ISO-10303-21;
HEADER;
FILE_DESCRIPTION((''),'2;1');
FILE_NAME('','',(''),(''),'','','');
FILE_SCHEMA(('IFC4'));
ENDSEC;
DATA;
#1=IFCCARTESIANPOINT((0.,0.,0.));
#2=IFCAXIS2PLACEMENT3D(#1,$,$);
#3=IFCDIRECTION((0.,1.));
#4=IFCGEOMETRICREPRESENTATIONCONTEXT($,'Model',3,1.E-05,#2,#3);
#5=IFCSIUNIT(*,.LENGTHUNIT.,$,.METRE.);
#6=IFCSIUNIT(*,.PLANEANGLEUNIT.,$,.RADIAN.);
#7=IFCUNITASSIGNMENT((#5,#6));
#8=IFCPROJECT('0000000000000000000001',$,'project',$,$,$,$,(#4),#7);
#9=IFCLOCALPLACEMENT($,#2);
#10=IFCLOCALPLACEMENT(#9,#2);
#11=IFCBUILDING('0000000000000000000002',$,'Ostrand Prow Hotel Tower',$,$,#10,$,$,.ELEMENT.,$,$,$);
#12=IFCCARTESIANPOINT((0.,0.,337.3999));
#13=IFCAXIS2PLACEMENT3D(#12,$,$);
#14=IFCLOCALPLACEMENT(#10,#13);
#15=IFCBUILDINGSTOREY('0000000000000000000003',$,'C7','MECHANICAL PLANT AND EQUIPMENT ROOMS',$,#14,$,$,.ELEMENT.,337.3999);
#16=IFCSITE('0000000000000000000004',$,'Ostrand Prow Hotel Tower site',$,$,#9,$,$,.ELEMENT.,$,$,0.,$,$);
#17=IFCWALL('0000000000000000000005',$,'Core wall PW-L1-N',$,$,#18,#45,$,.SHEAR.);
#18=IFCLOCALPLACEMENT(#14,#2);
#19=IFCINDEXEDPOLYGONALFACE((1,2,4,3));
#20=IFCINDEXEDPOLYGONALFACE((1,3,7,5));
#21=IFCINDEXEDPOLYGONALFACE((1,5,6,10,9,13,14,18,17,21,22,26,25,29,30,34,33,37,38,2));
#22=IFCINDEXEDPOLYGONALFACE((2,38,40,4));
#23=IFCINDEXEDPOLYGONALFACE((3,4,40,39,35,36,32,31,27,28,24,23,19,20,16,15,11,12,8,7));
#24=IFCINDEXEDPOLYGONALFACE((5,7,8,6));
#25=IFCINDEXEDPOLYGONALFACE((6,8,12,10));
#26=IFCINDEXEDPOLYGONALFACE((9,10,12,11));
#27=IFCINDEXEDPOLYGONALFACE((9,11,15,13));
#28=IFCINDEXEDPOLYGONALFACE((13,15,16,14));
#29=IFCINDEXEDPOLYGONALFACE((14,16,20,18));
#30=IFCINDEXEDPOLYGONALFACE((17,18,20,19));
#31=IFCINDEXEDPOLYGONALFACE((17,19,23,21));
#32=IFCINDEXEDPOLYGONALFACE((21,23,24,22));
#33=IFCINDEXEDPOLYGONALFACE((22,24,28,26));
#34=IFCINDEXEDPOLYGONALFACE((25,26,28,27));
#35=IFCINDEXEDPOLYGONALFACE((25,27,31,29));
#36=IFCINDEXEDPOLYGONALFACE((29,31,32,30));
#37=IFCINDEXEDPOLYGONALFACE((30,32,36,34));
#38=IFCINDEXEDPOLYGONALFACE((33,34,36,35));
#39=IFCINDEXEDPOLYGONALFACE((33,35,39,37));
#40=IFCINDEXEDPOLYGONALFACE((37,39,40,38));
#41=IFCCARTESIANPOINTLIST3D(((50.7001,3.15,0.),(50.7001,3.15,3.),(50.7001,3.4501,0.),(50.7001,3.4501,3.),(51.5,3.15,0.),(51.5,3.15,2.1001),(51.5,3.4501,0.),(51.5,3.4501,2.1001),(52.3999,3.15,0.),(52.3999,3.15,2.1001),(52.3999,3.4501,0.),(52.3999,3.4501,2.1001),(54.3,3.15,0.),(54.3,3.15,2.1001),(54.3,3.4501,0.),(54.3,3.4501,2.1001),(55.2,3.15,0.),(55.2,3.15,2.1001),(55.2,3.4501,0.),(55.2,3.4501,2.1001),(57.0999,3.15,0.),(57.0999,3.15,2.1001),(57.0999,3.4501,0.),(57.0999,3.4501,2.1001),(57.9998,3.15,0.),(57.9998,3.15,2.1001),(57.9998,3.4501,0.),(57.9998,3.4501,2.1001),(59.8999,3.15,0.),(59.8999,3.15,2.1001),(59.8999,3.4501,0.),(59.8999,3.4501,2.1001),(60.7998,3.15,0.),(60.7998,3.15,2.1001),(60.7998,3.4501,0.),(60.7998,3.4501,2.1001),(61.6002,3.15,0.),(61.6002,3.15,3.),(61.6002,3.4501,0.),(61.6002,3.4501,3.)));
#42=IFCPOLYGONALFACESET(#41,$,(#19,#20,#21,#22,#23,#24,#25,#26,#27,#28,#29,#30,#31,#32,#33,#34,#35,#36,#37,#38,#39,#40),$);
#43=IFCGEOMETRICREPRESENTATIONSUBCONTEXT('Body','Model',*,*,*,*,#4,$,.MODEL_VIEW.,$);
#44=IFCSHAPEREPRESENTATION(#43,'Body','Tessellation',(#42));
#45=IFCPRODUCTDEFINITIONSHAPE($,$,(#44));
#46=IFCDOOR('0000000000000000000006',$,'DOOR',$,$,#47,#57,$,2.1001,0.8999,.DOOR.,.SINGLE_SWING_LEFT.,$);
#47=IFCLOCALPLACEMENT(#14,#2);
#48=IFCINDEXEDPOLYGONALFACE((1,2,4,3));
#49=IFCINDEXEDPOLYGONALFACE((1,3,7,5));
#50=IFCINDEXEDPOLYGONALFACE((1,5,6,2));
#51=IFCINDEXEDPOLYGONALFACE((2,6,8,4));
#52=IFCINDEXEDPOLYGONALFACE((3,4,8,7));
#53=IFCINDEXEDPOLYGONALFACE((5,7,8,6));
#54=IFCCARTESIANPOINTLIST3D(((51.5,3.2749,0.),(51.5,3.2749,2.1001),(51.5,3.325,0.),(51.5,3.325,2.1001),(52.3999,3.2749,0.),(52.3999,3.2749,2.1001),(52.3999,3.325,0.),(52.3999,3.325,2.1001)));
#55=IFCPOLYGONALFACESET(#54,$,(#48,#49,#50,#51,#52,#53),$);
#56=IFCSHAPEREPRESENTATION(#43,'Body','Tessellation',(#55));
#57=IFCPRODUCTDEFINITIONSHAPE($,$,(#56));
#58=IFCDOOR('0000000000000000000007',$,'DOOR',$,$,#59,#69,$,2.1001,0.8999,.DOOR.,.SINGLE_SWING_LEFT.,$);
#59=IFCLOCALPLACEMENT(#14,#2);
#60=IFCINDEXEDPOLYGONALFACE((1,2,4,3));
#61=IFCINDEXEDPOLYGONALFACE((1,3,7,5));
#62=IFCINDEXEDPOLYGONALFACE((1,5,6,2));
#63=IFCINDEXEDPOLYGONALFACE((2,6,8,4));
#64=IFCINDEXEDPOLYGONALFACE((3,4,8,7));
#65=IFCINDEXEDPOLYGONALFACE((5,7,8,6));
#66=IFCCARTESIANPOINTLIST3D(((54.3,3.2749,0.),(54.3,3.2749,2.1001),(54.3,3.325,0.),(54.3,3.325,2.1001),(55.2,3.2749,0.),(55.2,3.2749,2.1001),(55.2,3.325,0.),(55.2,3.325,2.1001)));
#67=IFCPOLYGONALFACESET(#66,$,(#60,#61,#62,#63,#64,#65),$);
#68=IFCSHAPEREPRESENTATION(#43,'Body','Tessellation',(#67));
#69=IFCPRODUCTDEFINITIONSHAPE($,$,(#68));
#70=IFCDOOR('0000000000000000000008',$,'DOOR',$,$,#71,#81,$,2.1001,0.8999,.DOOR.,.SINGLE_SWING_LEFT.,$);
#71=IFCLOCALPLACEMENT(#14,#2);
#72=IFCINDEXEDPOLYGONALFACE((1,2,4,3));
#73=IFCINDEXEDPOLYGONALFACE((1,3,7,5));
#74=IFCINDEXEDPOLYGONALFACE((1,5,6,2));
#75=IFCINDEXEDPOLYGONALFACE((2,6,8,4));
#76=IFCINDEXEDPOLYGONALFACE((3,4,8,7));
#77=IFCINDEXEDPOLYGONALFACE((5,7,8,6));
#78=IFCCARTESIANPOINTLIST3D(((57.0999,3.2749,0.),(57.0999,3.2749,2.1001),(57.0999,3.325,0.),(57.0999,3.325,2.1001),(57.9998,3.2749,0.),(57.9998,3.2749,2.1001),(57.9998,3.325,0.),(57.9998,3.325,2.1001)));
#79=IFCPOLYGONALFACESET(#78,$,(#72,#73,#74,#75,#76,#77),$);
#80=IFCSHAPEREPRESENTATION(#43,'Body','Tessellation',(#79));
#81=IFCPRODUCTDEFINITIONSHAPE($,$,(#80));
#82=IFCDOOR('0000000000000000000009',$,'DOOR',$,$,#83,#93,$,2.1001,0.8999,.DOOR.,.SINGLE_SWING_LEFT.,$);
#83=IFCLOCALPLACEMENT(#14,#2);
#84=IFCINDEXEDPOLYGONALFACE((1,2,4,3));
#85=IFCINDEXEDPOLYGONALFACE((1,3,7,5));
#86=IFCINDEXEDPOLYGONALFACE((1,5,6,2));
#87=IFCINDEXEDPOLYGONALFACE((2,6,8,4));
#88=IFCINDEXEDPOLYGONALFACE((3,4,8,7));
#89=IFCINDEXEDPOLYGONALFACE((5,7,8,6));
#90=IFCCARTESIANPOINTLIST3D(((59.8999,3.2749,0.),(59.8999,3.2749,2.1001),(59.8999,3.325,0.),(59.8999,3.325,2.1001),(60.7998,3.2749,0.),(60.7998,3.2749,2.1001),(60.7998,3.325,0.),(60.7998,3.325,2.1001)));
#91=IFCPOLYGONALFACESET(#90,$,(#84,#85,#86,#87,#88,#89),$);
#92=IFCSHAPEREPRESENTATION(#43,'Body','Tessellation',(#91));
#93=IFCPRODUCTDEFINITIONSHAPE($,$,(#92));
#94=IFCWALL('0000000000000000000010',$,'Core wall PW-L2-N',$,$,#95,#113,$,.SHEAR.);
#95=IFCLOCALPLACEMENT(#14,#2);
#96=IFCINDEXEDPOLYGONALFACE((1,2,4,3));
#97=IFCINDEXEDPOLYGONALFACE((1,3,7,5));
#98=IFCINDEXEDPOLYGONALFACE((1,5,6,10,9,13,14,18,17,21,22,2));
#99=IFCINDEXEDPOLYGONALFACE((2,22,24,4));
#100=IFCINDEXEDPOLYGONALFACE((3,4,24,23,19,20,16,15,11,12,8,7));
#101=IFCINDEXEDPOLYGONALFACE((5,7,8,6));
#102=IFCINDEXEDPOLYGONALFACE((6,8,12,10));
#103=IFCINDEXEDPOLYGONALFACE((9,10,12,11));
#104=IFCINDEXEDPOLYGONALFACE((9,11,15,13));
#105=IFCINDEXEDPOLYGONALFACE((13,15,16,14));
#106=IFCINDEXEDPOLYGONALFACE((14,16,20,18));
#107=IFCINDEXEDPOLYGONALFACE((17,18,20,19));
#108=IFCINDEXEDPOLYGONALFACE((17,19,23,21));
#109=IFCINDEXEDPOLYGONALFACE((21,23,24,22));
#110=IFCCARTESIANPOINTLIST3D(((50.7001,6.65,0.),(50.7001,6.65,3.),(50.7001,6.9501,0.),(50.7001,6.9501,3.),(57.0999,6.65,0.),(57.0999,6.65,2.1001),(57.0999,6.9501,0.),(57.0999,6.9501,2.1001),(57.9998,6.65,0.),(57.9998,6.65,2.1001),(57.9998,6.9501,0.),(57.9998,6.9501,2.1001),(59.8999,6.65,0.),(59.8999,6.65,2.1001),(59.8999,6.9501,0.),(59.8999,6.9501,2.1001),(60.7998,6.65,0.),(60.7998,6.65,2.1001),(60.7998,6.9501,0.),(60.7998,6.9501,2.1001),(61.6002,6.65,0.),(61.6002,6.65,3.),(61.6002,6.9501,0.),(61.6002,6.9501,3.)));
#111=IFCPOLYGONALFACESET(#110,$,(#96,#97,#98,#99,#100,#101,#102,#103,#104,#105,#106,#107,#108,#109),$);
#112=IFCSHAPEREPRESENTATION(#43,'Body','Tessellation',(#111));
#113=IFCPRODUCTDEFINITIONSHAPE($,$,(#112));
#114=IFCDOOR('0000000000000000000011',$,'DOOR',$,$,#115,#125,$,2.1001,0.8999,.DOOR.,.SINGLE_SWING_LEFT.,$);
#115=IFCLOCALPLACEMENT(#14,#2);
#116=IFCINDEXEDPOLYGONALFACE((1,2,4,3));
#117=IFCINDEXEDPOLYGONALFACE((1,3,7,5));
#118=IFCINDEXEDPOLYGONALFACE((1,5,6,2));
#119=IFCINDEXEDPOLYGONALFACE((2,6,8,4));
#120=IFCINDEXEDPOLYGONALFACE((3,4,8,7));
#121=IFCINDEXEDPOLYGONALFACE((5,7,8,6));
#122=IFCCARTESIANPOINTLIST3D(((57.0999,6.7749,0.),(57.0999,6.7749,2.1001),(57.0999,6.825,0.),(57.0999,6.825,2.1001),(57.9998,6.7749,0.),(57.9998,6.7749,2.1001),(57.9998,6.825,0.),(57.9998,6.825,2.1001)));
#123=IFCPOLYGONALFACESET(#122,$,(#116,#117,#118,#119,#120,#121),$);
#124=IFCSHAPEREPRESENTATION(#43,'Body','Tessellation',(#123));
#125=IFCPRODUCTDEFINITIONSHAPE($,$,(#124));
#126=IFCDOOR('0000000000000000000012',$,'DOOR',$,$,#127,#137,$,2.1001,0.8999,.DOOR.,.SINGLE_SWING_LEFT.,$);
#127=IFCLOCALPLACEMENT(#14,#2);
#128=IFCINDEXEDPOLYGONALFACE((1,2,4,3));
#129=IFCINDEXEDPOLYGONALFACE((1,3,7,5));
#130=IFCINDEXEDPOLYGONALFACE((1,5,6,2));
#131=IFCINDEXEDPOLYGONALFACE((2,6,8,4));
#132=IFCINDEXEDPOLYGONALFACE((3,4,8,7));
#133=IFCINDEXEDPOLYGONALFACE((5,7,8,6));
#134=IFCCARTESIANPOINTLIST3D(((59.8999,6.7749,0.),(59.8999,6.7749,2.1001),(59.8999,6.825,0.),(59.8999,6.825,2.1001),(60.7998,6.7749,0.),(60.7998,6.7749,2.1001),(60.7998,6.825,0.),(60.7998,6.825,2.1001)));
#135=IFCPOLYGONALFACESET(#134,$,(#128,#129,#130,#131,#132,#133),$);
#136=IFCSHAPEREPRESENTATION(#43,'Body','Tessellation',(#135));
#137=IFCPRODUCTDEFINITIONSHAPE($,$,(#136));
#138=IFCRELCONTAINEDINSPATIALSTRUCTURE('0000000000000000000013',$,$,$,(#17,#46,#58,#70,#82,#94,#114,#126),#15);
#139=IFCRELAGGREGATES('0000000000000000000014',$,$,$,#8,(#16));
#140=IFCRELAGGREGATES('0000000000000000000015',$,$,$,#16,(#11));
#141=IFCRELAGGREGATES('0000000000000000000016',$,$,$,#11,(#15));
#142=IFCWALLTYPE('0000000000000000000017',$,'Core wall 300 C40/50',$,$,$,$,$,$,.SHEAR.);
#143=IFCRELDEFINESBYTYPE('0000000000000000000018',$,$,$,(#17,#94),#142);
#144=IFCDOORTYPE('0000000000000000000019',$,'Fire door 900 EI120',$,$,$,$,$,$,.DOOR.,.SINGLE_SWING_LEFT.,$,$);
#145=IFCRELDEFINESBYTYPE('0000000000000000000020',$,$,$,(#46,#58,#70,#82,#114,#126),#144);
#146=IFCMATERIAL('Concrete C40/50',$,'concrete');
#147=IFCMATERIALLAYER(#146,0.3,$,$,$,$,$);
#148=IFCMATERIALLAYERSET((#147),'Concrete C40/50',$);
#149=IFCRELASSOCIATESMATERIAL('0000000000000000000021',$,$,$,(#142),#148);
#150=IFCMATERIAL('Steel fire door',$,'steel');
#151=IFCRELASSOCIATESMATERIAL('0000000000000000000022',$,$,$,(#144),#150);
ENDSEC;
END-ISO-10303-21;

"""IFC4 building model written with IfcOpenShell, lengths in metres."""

from ifc_helpers import new_model, si_unit, direction, frame, frame_2d, origin, place, context, subcontext, project, spatial, rectangle, extrude, material, layer, layer_set, type_object, element, fill, save


model = new_model("IFC4")

# Units and contexts
model_context = context("Model", 3, precision=1e-05, world=origin(), true_north=direction((0.0, 1.0)))
body_context = subcontext(model_context, "Body", "Model", "MODEL_VIEW")
ifc_project = project(units=[si_unit("LENGTHUNIT", "METRE"), si_unit("PLANEANGLEUNIT", "RADIAN")], contexts=[model_context])

# Site, building, storey
site_placement = place(None, origin())
site = spatial("IfcSite", under=ifc_project, at=site_placement, Name="Ostrand Prow Hotel Tower site", CompositionType="ELEMENT", RefElevation=0.0)
building_placement = place(site_placement, origin())
building = spatial("IfcBuilding", under=site, at=building_placement, Name="Ostrand Prow Hotel Tower", CompositionType="ELEMENT")
storey_placement = place(building_placement, frame((0.0, 0.0, 337.3999)))
storey = spatial("IfcBuildingStorey", under=building, at=storey_placement, Name="C7", Description="MECHANICAL PLANT AND EQUIPMENT ROOMS", CompositionType="ELEMENT", Elevation=337.3999)

# Shared definitions
ifc_material_1 = material(Name="Concrete C40/50", Category="concrete")
ifc_layer_1 = layer(ifc_material_1, 0.3)
ifc_layer_set_1 = layer_set([ifc_layer_1], Name="Concrete C40/50")
wall_type_1 = type_object("IfcWallType", Name="Core wall 300 C40/50", PredefinedType="SHEAR", material=ifc_layer_set_1)

# Walls, openings, doors
wall_1_placement = place(storey_placement, frame((50.7, 3.3, 0.0), z_axis=(0.0, 0.0, 1.0), x_axis=(1.0, 0.0, 0.0)))
wall_1 = element("IfcWall", 1, at=wall_1_placement, inside=storey, type_object=wall_type_1, Name="Core wall PW-L1-N", PredefinedType="SHEAR", context=body_context, shape_type="SweptSolid", body=[
    extrude(rectangle(XDim=10.9001, YDim=0.3, at=frame_2d((5.4502, 0.0))), origin(), (0.0, 0.0, 1.0), 3.0),
])
opening_1_placement = place(wall_1_placement, frame((0.8, 0.0, 0.0)))
opening_1 = element("IfcOpeningElement", 2, at=opening_1_placement, cuts=wall_1, PredefinedType="OPENING", context=body_context, shape_type="SweptSolid", body=[
    extrude(rectangle(XDim=0.8999, YDim=2.1001, at=frame_2d((0.45, 1.05))), frame((0.0, 0.1599, 0.0), z_axis=(0.0, -1.0, 0.0), x_axis=(1.0, 0.0, 0.0)), (0.0, 0.0, 1.0), 0.3201),
])
opening_2_placement = place(wall_1_placement, frame((3.6001, 0.0, 0.0)))
opening_2 = element("IfcOpeningElement", 3, at=opening_2_placement, cuts=wall_1, PredefinedType="OPENING", context=body_context, shape_type="SweptSolid", body=[
    extrude(rectangle(XDim=0.8999, YDim=2.1001, at=frame_2d((0.45, 1.05))), frame((0.0, 0.1599, 0.0), z_axis=(0.0, -1.0, 0.0), x_axis=(1.0, 0.0, 0.0)), (0.0, 0.0, 1.0), 0.3201),
])
opening_3_placement = place(wall_1_placement, frame((6.3999, 0.0, 0.0)))
opening_3 = element("IfcOpeningElement", 4, at=opening_3_placement, cuts=wall_1, PredefinedType="OPENING", context=body_context, shape_type="SweptSolid", body=[
    extrude(rectangle(XDim=0.8999, YDim=2.1001, at=frame_2d((0.45, 1.05))), frame((0.0, 0.1599, 0.0), z_axis=(0.0, -1.0, 0.0), x_axis=(1.0, 0.0, 0.0)), (0.0, 0.0, 1.0), 0.3201),
])
opening_4_placement = place(wall_1_placement, frame((9.2, 0.0, 0.0)))
opening_4 = element("IfcOpeningElement", 5, at=opening_4_placement, cuts=wall_1, PredefinedType="OPENING", context=body_context, shape_type="SweptSolid", body=[
    extrude(rectangle(XDim=0.8999, YDim=2.1001, at=frame_2d((0.45, 1.05))), frame((0.0, 0.1599, 0.0), z_axis=(0.0, -1.0, 0.0), x_axis=(1.0, 0.0, 0.0)), (0.0, 0.0, 1.0), 0.3201),
])
ifc_material_2 = material(Name="Steel fire door", Category="steel")
door_type_1 = type_object("IfcDoorType", Name="Fire door 900 EI120", OperationType="SINGLE_SWING_LEFT", PredefinedType="DOOR", material=ifc_material_2)
door_1_placement = place(opening_1_placement, origin())
door_1 = element("IfcDoor", 6, at=door_1_placement, inside=storey, type_object=door_type_1, Name="DOOR", OperationType="SINGLE_SWING_LEFT", OverallHeight=2.1001, OverallWidth=0.8999, PredefinedType="DOOR", context=body_context, shape_type="SweptSolid", body=[
    extrude(rectangle(XDim=0.8999, YDim=2.1001, at=frame_2d((0.45, 1.05))), frame((0.0, 0.0249, 0.0), z_axis=(0.0, -1.0, 0.0), x_axis=(1.0, 0.0, 0.0)), (0.0, 0.0, 1.0), 0.05),
])
fill(opening_1, door_1)
door_2_placement = place(opening_2_placement, origin())
door_2 = element("IfcDoor", 7, at=door_2_placement, inside=storey, type_object=door_type_1, Name="DOOR", OperationType="SINGLE_SWING_LEFT", OverallHeight=2.1001, OverallWidth=0.8999, PredefinedType="DOOR", context=body_context, shape_type="SweptSolid", body=[
    extrude(rectangle(XDim=0.8999, YDim=2.1001, at=frame_2d((0.45, 1.05))), frame((0.0, 0.0249, 0.0), z_axis=(0.0, -1.0, 0.0), x_axis=(1.0, 0.0, 0.0)), (0.0, 0.0, 1.0), 0.05),
])
fill(opening_2, door_2)
door_3_placement = place(opening_3_placement, origin())
door_3 = element("IfcDoor", 8, at=door_3_placement, inside=storey, type_object=door_type_1, Name="DOOR", OperationType="SINGLE_SWING_LEFT", OverallHeight=2.1001, OverallWidth=0.8999, PredefinedType="DOOR", context=body_context, shape_type="SweptSolid", body=[
    extrude(rectangle(XDim=0.8999, YDim=2.1001, at=frame_2d((0.45, 1.05))), frame((0.0, 0.0249, 0.0), z_axis=(0.0, -1.0, 0.0), x_axis=(1.0, 0.0, 0.0)), (0.0, 0.0, 1.0), 0.05),
])
fill(opening_3, door_3)
door_4_placement = place(opening_4_placement, origin())
door_4 = element("IfcDoor", 9, at=door_4_placement, inside=storey, type_object=door_type_1, Name="DOOR", OperationType="SINGLE_SWING_LEFT", OverallHeight=2.1001, OverallWidth=0.8999, PredefinedType="DOOR", context=body_context, shape_type="SweptSolid", body=[
    extrude(rectangle(XDim=0.8999, YDim=2.1001, at=frame_2d((0.45, 1.05))), frame((0.0, 0.0249, 0.0), z_axis=(0.0, -1.0, 0.0), x_axis=(1.0, 0.0, 0.0)), (0.0, 0.0, 1.0), 0.05),
])
fill(opening_4, door_4)
wall_2_placement = place(storey_placement, frame((50.7, 6.8, 0.0), z_axis=(0.0, 0.0, 1.0), x_axis=(1.0, 0.0, 0.0)))
wall_2 = element("IfcWall", 10, at=wall_2_placement, inside=storey, type_object=wall_type_1, Name="Core wall PW-L2-N", PredefinedType="SHEAR", context=body_context, shape_type="SweptSolid", body=[
    extrude(rectangle(XDim=10.9001, YDim=0.3, at=frame_2d((5.4502, 0.0))), origin(), (0.0, 0.0, 1.0), 3.0),
])
opening_5_placement = place(wall_2_placement, frame((6.3999, 0.0, 0.0)))
opening_5 = element("IfcOpeningElement", 11, at=opening_5_placement, cuts=wall_2, PredefinedType="OPENING", context=body_context, shape_type="SweptSolid", body=[
    extrude(rectangle(XDim=0.8999, YDim=2.1001, at=frame_2d((0.45, 1.05))), frame((0.0, 0.1599, 0.0), z_axis=(0.0, -1.0, 0.0), x_axis=(1.0, 0.0, 0.0)), (0.0, 0.0, 1.0), 0.3201),
])
opening_6_placement = place(wall_2_placement, frame((9.2, 0.0, 0.0)))
opening_6 = element("IfcOpeningElement", 12, at=opening_6_placement, cuts=wall_2, PredefinedType="OPENING", context=body_context, shape_type="SweptSolid", body=[
    extrude(rectangle(XDim=0.8999, YDim=2.1001, at=frame_2d((0.45, 1.05))), frame((0.0, 0.1599, 0.0), z_axis=(0.0, -1.0, 0.0), x_axis=(1.0, 0.0, 0.0)), (0.0, 0.0, 1.0), 0.3201),
])
door_5_placement = place(opening_5_placement, origin())
door_5 = element("IfcDoor", 13, at=door_5_placement, inside=storey, type_object=door_type_1, Name="DOOR", OperationType="SINGLE_SWING_LEFT", OverallHeight=2.1001, OverallWidth=0.8999, PredefinedType="DOOR", context=body_context, shape_type="SweptSolid", body=[
    extrude(rectangle(XDim=0.8999, YDim=2.1001, at=frame_2d((0.45, 1.05))), frame((0.0, 0.0249, 0.0), z_axis=(0.0, -1.0, 0.0), x_axis=(1.0, 0.0, 0.0)), (0.0, 0.0, 1.0), 0.05),
])
fill(opening_5, door_5)
door_6_placement = place(opening_6_placement, origin())
door_6 = element("IfcDoor", 14, at=door_6_placement, inside=storey, type_object=door_type_1, Name="DOOR", OperationType="SINGLE_SWING_LEFT", OverallHeight=2.1001, OverallWidth=0.8999, PredefinedType="DOOR", context=body_context, shape_type="SweptSolid", body=[
    extrude(rectangle(XDim=0.8999, YDim=2.1001, at=frame_2d((0.45, 1.05))), frame((0.0, 0.0249, 0.0), z_axis=(0.0, -1.0, 0.0), x_axis=(1.0, 0.0, 0.0)), (0.0, 0.0, 1.0), 0.05),
])
fill(opening_6, door_6)

save(model, "model.ifc")
